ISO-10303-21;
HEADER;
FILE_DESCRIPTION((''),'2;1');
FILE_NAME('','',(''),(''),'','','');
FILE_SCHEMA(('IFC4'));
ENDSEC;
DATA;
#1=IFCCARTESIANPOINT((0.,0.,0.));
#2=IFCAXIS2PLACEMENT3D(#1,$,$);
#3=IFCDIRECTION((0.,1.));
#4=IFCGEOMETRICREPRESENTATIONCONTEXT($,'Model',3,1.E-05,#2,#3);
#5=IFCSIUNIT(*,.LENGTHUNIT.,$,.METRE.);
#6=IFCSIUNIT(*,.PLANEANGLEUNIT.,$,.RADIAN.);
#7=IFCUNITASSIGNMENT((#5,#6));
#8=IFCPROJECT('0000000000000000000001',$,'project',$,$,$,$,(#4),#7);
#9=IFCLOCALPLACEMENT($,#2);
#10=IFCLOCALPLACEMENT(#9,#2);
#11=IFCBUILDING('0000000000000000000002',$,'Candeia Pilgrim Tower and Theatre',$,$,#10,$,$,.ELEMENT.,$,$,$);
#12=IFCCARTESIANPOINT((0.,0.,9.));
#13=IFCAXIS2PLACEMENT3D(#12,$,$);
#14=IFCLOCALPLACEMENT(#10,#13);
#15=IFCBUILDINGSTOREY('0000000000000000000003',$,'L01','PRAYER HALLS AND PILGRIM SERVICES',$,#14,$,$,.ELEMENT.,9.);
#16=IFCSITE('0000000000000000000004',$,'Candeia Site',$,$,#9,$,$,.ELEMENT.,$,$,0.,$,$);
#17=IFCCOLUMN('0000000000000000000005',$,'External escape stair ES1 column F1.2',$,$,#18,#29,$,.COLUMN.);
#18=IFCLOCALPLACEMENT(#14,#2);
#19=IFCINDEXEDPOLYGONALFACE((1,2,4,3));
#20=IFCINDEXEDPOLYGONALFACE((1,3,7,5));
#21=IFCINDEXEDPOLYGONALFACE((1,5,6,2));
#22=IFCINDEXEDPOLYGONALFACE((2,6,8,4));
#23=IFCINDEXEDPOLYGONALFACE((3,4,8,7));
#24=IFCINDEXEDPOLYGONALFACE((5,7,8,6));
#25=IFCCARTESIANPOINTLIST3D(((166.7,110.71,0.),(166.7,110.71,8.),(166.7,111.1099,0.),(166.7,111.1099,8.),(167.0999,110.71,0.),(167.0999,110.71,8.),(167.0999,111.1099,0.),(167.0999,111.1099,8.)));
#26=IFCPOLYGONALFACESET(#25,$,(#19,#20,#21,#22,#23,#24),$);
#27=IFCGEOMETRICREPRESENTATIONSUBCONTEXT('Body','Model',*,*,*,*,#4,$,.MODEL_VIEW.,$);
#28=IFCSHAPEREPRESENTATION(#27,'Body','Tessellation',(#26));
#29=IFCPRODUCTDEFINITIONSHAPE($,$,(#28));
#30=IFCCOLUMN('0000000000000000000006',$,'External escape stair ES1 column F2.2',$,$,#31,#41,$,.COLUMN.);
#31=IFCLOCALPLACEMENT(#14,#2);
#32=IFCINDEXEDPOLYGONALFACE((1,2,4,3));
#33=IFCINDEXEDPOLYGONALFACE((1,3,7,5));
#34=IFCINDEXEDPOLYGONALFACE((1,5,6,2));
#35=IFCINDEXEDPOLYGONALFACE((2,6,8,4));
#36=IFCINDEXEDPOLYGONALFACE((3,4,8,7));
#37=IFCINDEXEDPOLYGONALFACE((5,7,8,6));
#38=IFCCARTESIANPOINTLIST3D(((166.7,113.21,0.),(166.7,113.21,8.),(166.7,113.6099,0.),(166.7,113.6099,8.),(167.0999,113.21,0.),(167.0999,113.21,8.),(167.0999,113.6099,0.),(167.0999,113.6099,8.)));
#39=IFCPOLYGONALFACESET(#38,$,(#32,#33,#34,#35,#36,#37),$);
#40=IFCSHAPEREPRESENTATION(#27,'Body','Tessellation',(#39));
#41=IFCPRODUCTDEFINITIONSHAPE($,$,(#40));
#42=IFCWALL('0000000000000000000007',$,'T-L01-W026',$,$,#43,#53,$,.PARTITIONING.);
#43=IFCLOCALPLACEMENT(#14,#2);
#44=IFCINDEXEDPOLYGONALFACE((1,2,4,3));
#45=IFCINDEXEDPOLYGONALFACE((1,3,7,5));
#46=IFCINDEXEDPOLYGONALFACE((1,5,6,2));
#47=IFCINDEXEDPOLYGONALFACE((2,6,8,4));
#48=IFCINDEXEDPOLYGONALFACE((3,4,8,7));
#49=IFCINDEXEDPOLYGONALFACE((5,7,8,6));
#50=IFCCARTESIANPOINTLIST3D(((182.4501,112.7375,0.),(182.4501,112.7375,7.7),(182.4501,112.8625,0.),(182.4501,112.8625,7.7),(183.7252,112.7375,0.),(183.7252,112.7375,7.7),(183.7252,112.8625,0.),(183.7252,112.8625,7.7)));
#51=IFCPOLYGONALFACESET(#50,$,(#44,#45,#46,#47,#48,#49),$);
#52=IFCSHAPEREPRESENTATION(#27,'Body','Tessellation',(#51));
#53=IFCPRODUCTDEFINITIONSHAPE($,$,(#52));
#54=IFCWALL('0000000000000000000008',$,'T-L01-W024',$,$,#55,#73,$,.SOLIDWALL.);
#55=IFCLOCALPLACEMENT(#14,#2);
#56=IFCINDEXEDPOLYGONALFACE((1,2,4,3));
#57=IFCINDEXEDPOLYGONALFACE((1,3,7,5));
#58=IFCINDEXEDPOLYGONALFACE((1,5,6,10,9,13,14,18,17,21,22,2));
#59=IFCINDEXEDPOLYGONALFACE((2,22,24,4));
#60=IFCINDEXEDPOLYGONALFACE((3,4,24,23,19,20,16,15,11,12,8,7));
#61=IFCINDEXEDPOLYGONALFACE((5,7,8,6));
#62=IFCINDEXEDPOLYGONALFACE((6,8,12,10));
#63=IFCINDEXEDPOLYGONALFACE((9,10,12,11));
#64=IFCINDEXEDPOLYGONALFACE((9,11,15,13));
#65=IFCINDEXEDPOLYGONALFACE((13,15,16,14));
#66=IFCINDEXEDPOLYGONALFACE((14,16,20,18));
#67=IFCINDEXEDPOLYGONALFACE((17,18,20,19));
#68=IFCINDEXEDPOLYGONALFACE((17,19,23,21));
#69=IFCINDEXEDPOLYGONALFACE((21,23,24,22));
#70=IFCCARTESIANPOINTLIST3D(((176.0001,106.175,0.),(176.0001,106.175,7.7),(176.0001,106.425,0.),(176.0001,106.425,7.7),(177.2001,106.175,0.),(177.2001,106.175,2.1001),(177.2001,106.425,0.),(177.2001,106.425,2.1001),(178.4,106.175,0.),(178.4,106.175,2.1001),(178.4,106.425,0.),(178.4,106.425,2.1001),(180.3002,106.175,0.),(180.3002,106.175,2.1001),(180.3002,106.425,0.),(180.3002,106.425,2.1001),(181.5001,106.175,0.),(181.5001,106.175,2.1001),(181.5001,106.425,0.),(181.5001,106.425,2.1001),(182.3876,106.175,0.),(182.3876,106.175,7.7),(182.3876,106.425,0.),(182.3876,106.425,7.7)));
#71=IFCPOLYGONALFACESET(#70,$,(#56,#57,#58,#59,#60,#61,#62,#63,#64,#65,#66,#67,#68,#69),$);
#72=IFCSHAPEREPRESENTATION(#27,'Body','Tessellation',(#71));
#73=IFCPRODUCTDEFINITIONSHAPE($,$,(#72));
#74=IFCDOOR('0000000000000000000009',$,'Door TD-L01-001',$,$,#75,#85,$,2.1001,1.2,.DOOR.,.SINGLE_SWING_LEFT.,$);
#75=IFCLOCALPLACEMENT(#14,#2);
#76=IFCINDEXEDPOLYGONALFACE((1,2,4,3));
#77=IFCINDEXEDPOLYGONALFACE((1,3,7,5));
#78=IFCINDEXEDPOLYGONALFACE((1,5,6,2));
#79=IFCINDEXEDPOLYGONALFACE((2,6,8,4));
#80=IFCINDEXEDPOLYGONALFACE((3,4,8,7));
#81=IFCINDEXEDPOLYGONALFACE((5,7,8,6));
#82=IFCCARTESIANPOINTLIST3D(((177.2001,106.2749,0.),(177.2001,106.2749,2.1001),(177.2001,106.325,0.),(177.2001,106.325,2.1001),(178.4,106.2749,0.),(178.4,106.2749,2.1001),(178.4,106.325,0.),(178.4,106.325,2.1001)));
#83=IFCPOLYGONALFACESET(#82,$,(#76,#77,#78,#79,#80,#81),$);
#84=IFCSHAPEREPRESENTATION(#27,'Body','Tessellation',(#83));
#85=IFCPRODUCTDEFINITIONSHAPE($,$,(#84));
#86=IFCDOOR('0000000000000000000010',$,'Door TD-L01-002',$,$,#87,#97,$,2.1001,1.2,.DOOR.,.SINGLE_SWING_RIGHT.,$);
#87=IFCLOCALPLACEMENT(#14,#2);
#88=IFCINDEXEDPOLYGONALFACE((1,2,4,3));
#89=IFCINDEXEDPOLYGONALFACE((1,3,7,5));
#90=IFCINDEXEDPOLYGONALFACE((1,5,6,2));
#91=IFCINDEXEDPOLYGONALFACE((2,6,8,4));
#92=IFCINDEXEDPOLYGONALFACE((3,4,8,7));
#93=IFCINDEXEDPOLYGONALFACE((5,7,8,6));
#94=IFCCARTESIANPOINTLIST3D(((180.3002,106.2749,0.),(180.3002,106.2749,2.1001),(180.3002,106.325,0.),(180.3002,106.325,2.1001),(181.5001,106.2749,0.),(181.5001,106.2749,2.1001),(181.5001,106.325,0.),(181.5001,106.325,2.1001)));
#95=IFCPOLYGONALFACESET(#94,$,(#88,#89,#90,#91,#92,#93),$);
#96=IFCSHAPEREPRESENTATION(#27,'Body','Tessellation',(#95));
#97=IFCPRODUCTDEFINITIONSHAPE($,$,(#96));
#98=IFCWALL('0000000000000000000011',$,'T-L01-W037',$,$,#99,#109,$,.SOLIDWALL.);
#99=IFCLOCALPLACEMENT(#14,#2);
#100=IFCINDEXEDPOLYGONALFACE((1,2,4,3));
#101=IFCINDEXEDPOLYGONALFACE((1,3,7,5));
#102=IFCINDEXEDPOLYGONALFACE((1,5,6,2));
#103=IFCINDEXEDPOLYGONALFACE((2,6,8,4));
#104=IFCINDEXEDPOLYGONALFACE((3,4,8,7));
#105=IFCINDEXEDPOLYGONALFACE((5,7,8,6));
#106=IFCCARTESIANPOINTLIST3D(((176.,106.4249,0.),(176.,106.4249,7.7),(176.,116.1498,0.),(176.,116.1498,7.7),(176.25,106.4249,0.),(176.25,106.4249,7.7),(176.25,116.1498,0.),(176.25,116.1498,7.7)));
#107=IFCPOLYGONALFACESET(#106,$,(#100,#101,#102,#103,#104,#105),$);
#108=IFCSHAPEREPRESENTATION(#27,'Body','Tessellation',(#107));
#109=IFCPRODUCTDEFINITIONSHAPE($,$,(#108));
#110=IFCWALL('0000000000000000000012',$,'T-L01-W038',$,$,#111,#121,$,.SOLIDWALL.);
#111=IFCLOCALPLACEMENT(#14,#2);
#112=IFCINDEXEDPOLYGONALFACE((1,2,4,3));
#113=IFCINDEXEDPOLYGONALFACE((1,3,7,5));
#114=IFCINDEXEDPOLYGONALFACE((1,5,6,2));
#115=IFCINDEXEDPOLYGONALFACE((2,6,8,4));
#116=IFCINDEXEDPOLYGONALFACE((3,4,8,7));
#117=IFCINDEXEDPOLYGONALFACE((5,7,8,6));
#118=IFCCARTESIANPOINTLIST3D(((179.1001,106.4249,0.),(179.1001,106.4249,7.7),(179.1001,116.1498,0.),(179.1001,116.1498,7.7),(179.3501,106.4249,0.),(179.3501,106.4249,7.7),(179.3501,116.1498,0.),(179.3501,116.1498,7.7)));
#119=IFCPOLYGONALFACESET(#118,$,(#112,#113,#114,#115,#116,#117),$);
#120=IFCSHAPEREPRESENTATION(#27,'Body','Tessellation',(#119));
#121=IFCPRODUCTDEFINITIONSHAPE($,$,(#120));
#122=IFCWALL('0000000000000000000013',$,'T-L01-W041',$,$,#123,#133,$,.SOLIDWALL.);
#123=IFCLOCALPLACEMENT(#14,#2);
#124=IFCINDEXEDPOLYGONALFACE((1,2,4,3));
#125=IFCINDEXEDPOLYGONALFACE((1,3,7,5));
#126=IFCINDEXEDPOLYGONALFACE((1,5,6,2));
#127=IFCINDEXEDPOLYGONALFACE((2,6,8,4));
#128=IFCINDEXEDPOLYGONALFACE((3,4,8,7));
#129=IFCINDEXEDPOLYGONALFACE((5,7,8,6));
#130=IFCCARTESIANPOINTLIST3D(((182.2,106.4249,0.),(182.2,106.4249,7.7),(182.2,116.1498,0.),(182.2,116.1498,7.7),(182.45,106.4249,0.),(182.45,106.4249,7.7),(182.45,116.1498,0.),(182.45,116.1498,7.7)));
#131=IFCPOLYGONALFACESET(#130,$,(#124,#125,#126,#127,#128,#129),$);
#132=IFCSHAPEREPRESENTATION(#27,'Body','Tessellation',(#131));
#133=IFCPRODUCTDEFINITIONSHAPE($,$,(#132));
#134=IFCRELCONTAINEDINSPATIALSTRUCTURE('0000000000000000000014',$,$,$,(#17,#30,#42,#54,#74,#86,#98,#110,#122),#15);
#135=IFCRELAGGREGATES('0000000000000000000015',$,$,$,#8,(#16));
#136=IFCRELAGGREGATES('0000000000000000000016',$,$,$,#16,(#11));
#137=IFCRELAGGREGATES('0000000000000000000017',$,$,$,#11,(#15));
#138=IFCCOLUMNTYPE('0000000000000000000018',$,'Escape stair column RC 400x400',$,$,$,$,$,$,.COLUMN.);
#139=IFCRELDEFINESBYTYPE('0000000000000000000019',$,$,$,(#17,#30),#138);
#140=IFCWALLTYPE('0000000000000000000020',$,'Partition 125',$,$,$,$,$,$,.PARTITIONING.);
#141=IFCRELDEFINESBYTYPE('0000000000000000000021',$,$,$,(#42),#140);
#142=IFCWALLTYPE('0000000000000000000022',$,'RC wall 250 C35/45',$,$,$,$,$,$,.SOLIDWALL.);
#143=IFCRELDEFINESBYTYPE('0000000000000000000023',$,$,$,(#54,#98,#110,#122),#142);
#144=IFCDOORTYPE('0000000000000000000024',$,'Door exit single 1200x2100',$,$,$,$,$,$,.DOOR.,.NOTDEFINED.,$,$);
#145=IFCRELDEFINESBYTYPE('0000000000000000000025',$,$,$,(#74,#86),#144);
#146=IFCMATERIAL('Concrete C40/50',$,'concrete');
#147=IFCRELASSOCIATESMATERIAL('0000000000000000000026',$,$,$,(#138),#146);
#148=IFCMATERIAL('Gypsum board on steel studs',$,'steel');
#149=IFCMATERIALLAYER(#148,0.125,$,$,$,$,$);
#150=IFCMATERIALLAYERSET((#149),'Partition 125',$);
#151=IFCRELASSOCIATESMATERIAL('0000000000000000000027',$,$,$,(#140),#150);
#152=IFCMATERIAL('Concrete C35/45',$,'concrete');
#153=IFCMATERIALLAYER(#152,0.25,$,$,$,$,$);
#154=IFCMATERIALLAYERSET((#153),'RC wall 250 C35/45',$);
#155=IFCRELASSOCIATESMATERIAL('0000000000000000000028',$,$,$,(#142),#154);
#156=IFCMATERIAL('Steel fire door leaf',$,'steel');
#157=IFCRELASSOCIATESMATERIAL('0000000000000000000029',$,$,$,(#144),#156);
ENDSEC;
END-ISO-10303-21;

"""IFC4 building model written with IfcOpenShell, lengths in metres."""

from ifc_helpers import new_model, si_unit, direction, frame, frame_2d, origin, origin_2d, place, context, subcontext, project, spatial, rectangle, extrude, material, layer, layer_set, material_profile, profile_set, type_object, element, fill, save


model = new_model("IFC4")

# Units and contexts
model_context = context("Model", 3, precision=1e-05, world=origin(), true_north=direction((0.0, 1.0)))
body_context = subcontext(model_context, "Body", "Model", "MODEL_VIEW")
ifc_project = project(units=[si_unit("LENGTHUNIT", "METRE"), si_unit("PLANEANGLEUNIT", "RADIAN")], contexts=[model_context])

# Site, building, storey
site_placement = place(None, origin())
site = spatial("IfcSite", under=ifc_project, at=site_placement, Name="Candeia Site", CompositionType="ELEMENT", RefElevation=0.0)
building_placement = place(site_placement, origin())
building = spatial("IfcBuilding", under=site, at=building_placement, Name="Candeia Pilgrim Tower and Theatre", CompositionType="ELEMENT")
storey_placement = place(building_placement, frame((0.0, 0.0, 9.0)))
storey = spatial("IfcBuildingStorey", under=building, at=storey_placement, Name="L01", Description="PRAYER HALLS AND PILGRIM SERVICES", CompositionType="ELEMENT", Elevation=9.0)

# Columns
ifc_material_1 = material(Name="Concrete C40/50", Category="concrete")
ifc_material_profile = material_profile(ifc_material_1, rectangle(XDim=0.3999, YDim=0.3999, at=origin_2d()))
ifc_profile_set = profile_set([ifc_material_profile], Name="Concrete C40/50")
column_type = type_object("IfcColumnType", Name="Escape stair column RC 400x400", PredefinedType="COLUMN", material=ifc_profile_set)
for number, where, z_axis, x_axis, name in (
    (1, (166.8999, 110.9099, 0.0), (0.0, 0.0, 1.0), (1.0, 0.0, 0.0), "External escape stair ES1 column F1.2"),
    (2, (166.8999, 113.4099, 0.0), (0.0, 0.0, 1.0), (1.0, 0.0, 0.0), "External escape stair ES1 column F2.2"),
):
    element("IfcColumn", number, at=place(storey_placement, frame(where, z_axis=z_axis, x_axis=x_axis)), inside=storey, type_object=column_type, Name=name, PredefinedType="COLUMN", context=body_context, shape_type="SweptSolid", body=[
        extrude(rectangle(XDim=0.3999, YDim=0.3999, at=origin_2d()), origin(), (0.0, 0.0, 1.0), 8.0),
    ])

# Wall
ifc_material_2 = material(Name="Gypsum board on steel studs", Category="steel")
ifc_layer_1 = layer(ifc_material_2, 0.125)
ifc_layer_set_1 = layer_set([ifc_layer_1], Name="Partition 125")
wall_type_1 = type_object("IfcWallType", Name="Partition 125", PredefinedType="PARTITIONING", material=ifc_layer_set_1)
wall_1_placement = place(storey_placement, frame((182.45, 112.8, 0.0), z_axis=(0.0, 0.0, 1.0), x_axis=(1.0, 0.0, 0.0)))
element("IfcWall", 3, at=wall_1_placement, inside=storey, type_object=wall_type_1, Name="T-L01-W026", PredefinedType="PARTITIONING", context=body_context, shape_type="SweptSolid", body=[
    extrude(rectangle(XDim=1.2751, YDim=0.125, at=frame_2d((0.6377, 0.0))), origin(), (0.0, 0.0, 1.0), 7.7),
])

# Wall, openings, doors
ifc_material_3 = material(Name="Concrete C35/45", Category="concrete")
ifc_layer_2 = layer(ifc_material_3, 0.25)
ifc_layer_set_2 = layer_set([ifc_layer_2], Name="RC wall 250 C35/45")
wall_type_2 = type_object("IfcWallType", Name="RC wall 250 C35/45", PredefinedType="SOLIDWALL", material=ifc_layer_set_2)
wall_2_placement = place(storey_placement, frame((176.0, 106.3, 0.0), z_axis=(0.0, 0.0, 1.0), x_axis=(1.0, 0.0, 0.0)))
wall_2 = element("IfcWall", 4, at=wall_2_placement, inside=storey, type_object=wall_type_2, Name="T-L01-W024", PredefinedType="SOLIDWALL", context=body_context, shape_type="SweptSolid", body=[
    extrude(rectangle(XDim=6.3875, YDim=0.25, at=frame_2d((3.1938, 0.0))), origin(), (0.0, 0.0, 1.0), 7.7),
])
opening_1_placement = place(wall_2_placement, frame((1.2, 0.0, 0.0)))
opening_1 = element("IfcOpeningElement", 5, at=opening_1_placement, cuts=wall_2, PredefinedType="OPENING", context=body_context, shape_type="SweptSolid", body=[
    extrude(rectangle(XDim=1.2, YDim=2.1001, at=frame_2d((0.6001, 1.05))), frame((0.0, 0.135, 0.0), z_axis=(0.0, -1.0, 0.0), x_axis=(1.0, 0.0, 0.0)), (0.0, 0.0, 1.0), 0.27),
])
opening_2_placement = place(wall_2_placement, frame((4.3, 0.0, 0.0)))
opening_2 = element("IfcOpeningElement", 6, at=opening_2_placement, cuts=wall_2, PredefinedType="OPENING", context=body_context, shape_type="SweptSolid", body=[
    extrude(rectangle(XDim=1.2, YDim=2.1001, at=frame_2d((0.6001, 1.05))), frame((0.0, 0.135, 0.0), z_axis=(0.0, -1.0, 0.0), x_axis=(1.0, 0.0, 0.0)), (0.0, 0.0, 1.0), 0.27),
])
ifc_material_4 = material(Name="Steel fire door leaf", Category="steel")
door_type = type_object("IfcDoorType", Name="Door exit single 1200x2100", OperationType="NOTDEFINED", PredefinedType="DOOR", material=ifc_material_4)
door_1_placement = place(opening_1_placement, origin())
door_1 = element("IfcDoor", 7, at=door_1_placement, inside=storey, type_object=door_type, Name="Door TD-L01-001", OperationType="SINGLE_SWING_LEFT", OverallHeight=2.1001, OverallWidth=1.2, PredefinedType="DOOR", context=body_context, shape_type="SweptSolid", body=[
    extrude(rectangle(XDim=1.2, YDim=2.1001, at=frame_2d((0.6001, 1.05))), frame((0.0, 0.0249, 0.0), z_axis=(0.0, -1.0, 0.0), x_axis=(1.0, 0.0, 0.0)), (0.0, 0.0, 1.0), 0.05),
])
fill(opening_1, door_1)
door_2_placement = place(opening_2_placement, origin())
door_2 = element("IfcDoor", 8, at=door_2_placement, inside=storey, type_object=door_type, Name="Door TD-L01-002", OperationType="SINGLE_SWING_RIGHT", OverallHeight=2.1001, OverallWidth=1.2, PredefinedType="DOOR", context=body_context, shape_type="SweptSolid", body=[
    extrude(rectangle(XDim=1.2, YDim=2.1001, at=frame_2d((0.6001, 1.05))), frame((0.0, 0.0249, 0.0), z_axis=(0.0, -1.0, 0.0), x_axis=(1.0, 0.0, 0.0)), (0.0, 0.0, 1.0), 0.05),
])
fill(opening_2, door_2)

# Walls
for number, where, z_axis, x_axis, name in (
    (9, (176.125, 106.425, 0.0), (0.0, 0.0, 1.0), (0.0, 1.0, 0.0), "T-L01-W037"),
    (10, (179.2251, 106.425, 0.0), (0.0, 0.0, 1.0), (0.0, 1.0, 0.0), "T-L01-W038"),
    (11, (182.325, 106.425, 0.0), (0.0, 0.0, 1.0), (0.0, 1.0, 0.0), "T-L01-W041"),
):
    element("IfcWall", number, at=place(storey_placement, frame(where, z_axis=z_axis, x_axis=x_axis)), inside=storey, type_object=wall_type_2, Name=name, PredefinedType="SOLIDWALL", context=body_context, shape_type="SweptSolid", body=[
        extrude(rectangle(XDim=9.7249, YDim=0.25, at=frame_2d((4.8623, 0.0))), origin(), (0.0, 0.0, 1.0), 7.7),
    ])

save(model, "model.ifc")
